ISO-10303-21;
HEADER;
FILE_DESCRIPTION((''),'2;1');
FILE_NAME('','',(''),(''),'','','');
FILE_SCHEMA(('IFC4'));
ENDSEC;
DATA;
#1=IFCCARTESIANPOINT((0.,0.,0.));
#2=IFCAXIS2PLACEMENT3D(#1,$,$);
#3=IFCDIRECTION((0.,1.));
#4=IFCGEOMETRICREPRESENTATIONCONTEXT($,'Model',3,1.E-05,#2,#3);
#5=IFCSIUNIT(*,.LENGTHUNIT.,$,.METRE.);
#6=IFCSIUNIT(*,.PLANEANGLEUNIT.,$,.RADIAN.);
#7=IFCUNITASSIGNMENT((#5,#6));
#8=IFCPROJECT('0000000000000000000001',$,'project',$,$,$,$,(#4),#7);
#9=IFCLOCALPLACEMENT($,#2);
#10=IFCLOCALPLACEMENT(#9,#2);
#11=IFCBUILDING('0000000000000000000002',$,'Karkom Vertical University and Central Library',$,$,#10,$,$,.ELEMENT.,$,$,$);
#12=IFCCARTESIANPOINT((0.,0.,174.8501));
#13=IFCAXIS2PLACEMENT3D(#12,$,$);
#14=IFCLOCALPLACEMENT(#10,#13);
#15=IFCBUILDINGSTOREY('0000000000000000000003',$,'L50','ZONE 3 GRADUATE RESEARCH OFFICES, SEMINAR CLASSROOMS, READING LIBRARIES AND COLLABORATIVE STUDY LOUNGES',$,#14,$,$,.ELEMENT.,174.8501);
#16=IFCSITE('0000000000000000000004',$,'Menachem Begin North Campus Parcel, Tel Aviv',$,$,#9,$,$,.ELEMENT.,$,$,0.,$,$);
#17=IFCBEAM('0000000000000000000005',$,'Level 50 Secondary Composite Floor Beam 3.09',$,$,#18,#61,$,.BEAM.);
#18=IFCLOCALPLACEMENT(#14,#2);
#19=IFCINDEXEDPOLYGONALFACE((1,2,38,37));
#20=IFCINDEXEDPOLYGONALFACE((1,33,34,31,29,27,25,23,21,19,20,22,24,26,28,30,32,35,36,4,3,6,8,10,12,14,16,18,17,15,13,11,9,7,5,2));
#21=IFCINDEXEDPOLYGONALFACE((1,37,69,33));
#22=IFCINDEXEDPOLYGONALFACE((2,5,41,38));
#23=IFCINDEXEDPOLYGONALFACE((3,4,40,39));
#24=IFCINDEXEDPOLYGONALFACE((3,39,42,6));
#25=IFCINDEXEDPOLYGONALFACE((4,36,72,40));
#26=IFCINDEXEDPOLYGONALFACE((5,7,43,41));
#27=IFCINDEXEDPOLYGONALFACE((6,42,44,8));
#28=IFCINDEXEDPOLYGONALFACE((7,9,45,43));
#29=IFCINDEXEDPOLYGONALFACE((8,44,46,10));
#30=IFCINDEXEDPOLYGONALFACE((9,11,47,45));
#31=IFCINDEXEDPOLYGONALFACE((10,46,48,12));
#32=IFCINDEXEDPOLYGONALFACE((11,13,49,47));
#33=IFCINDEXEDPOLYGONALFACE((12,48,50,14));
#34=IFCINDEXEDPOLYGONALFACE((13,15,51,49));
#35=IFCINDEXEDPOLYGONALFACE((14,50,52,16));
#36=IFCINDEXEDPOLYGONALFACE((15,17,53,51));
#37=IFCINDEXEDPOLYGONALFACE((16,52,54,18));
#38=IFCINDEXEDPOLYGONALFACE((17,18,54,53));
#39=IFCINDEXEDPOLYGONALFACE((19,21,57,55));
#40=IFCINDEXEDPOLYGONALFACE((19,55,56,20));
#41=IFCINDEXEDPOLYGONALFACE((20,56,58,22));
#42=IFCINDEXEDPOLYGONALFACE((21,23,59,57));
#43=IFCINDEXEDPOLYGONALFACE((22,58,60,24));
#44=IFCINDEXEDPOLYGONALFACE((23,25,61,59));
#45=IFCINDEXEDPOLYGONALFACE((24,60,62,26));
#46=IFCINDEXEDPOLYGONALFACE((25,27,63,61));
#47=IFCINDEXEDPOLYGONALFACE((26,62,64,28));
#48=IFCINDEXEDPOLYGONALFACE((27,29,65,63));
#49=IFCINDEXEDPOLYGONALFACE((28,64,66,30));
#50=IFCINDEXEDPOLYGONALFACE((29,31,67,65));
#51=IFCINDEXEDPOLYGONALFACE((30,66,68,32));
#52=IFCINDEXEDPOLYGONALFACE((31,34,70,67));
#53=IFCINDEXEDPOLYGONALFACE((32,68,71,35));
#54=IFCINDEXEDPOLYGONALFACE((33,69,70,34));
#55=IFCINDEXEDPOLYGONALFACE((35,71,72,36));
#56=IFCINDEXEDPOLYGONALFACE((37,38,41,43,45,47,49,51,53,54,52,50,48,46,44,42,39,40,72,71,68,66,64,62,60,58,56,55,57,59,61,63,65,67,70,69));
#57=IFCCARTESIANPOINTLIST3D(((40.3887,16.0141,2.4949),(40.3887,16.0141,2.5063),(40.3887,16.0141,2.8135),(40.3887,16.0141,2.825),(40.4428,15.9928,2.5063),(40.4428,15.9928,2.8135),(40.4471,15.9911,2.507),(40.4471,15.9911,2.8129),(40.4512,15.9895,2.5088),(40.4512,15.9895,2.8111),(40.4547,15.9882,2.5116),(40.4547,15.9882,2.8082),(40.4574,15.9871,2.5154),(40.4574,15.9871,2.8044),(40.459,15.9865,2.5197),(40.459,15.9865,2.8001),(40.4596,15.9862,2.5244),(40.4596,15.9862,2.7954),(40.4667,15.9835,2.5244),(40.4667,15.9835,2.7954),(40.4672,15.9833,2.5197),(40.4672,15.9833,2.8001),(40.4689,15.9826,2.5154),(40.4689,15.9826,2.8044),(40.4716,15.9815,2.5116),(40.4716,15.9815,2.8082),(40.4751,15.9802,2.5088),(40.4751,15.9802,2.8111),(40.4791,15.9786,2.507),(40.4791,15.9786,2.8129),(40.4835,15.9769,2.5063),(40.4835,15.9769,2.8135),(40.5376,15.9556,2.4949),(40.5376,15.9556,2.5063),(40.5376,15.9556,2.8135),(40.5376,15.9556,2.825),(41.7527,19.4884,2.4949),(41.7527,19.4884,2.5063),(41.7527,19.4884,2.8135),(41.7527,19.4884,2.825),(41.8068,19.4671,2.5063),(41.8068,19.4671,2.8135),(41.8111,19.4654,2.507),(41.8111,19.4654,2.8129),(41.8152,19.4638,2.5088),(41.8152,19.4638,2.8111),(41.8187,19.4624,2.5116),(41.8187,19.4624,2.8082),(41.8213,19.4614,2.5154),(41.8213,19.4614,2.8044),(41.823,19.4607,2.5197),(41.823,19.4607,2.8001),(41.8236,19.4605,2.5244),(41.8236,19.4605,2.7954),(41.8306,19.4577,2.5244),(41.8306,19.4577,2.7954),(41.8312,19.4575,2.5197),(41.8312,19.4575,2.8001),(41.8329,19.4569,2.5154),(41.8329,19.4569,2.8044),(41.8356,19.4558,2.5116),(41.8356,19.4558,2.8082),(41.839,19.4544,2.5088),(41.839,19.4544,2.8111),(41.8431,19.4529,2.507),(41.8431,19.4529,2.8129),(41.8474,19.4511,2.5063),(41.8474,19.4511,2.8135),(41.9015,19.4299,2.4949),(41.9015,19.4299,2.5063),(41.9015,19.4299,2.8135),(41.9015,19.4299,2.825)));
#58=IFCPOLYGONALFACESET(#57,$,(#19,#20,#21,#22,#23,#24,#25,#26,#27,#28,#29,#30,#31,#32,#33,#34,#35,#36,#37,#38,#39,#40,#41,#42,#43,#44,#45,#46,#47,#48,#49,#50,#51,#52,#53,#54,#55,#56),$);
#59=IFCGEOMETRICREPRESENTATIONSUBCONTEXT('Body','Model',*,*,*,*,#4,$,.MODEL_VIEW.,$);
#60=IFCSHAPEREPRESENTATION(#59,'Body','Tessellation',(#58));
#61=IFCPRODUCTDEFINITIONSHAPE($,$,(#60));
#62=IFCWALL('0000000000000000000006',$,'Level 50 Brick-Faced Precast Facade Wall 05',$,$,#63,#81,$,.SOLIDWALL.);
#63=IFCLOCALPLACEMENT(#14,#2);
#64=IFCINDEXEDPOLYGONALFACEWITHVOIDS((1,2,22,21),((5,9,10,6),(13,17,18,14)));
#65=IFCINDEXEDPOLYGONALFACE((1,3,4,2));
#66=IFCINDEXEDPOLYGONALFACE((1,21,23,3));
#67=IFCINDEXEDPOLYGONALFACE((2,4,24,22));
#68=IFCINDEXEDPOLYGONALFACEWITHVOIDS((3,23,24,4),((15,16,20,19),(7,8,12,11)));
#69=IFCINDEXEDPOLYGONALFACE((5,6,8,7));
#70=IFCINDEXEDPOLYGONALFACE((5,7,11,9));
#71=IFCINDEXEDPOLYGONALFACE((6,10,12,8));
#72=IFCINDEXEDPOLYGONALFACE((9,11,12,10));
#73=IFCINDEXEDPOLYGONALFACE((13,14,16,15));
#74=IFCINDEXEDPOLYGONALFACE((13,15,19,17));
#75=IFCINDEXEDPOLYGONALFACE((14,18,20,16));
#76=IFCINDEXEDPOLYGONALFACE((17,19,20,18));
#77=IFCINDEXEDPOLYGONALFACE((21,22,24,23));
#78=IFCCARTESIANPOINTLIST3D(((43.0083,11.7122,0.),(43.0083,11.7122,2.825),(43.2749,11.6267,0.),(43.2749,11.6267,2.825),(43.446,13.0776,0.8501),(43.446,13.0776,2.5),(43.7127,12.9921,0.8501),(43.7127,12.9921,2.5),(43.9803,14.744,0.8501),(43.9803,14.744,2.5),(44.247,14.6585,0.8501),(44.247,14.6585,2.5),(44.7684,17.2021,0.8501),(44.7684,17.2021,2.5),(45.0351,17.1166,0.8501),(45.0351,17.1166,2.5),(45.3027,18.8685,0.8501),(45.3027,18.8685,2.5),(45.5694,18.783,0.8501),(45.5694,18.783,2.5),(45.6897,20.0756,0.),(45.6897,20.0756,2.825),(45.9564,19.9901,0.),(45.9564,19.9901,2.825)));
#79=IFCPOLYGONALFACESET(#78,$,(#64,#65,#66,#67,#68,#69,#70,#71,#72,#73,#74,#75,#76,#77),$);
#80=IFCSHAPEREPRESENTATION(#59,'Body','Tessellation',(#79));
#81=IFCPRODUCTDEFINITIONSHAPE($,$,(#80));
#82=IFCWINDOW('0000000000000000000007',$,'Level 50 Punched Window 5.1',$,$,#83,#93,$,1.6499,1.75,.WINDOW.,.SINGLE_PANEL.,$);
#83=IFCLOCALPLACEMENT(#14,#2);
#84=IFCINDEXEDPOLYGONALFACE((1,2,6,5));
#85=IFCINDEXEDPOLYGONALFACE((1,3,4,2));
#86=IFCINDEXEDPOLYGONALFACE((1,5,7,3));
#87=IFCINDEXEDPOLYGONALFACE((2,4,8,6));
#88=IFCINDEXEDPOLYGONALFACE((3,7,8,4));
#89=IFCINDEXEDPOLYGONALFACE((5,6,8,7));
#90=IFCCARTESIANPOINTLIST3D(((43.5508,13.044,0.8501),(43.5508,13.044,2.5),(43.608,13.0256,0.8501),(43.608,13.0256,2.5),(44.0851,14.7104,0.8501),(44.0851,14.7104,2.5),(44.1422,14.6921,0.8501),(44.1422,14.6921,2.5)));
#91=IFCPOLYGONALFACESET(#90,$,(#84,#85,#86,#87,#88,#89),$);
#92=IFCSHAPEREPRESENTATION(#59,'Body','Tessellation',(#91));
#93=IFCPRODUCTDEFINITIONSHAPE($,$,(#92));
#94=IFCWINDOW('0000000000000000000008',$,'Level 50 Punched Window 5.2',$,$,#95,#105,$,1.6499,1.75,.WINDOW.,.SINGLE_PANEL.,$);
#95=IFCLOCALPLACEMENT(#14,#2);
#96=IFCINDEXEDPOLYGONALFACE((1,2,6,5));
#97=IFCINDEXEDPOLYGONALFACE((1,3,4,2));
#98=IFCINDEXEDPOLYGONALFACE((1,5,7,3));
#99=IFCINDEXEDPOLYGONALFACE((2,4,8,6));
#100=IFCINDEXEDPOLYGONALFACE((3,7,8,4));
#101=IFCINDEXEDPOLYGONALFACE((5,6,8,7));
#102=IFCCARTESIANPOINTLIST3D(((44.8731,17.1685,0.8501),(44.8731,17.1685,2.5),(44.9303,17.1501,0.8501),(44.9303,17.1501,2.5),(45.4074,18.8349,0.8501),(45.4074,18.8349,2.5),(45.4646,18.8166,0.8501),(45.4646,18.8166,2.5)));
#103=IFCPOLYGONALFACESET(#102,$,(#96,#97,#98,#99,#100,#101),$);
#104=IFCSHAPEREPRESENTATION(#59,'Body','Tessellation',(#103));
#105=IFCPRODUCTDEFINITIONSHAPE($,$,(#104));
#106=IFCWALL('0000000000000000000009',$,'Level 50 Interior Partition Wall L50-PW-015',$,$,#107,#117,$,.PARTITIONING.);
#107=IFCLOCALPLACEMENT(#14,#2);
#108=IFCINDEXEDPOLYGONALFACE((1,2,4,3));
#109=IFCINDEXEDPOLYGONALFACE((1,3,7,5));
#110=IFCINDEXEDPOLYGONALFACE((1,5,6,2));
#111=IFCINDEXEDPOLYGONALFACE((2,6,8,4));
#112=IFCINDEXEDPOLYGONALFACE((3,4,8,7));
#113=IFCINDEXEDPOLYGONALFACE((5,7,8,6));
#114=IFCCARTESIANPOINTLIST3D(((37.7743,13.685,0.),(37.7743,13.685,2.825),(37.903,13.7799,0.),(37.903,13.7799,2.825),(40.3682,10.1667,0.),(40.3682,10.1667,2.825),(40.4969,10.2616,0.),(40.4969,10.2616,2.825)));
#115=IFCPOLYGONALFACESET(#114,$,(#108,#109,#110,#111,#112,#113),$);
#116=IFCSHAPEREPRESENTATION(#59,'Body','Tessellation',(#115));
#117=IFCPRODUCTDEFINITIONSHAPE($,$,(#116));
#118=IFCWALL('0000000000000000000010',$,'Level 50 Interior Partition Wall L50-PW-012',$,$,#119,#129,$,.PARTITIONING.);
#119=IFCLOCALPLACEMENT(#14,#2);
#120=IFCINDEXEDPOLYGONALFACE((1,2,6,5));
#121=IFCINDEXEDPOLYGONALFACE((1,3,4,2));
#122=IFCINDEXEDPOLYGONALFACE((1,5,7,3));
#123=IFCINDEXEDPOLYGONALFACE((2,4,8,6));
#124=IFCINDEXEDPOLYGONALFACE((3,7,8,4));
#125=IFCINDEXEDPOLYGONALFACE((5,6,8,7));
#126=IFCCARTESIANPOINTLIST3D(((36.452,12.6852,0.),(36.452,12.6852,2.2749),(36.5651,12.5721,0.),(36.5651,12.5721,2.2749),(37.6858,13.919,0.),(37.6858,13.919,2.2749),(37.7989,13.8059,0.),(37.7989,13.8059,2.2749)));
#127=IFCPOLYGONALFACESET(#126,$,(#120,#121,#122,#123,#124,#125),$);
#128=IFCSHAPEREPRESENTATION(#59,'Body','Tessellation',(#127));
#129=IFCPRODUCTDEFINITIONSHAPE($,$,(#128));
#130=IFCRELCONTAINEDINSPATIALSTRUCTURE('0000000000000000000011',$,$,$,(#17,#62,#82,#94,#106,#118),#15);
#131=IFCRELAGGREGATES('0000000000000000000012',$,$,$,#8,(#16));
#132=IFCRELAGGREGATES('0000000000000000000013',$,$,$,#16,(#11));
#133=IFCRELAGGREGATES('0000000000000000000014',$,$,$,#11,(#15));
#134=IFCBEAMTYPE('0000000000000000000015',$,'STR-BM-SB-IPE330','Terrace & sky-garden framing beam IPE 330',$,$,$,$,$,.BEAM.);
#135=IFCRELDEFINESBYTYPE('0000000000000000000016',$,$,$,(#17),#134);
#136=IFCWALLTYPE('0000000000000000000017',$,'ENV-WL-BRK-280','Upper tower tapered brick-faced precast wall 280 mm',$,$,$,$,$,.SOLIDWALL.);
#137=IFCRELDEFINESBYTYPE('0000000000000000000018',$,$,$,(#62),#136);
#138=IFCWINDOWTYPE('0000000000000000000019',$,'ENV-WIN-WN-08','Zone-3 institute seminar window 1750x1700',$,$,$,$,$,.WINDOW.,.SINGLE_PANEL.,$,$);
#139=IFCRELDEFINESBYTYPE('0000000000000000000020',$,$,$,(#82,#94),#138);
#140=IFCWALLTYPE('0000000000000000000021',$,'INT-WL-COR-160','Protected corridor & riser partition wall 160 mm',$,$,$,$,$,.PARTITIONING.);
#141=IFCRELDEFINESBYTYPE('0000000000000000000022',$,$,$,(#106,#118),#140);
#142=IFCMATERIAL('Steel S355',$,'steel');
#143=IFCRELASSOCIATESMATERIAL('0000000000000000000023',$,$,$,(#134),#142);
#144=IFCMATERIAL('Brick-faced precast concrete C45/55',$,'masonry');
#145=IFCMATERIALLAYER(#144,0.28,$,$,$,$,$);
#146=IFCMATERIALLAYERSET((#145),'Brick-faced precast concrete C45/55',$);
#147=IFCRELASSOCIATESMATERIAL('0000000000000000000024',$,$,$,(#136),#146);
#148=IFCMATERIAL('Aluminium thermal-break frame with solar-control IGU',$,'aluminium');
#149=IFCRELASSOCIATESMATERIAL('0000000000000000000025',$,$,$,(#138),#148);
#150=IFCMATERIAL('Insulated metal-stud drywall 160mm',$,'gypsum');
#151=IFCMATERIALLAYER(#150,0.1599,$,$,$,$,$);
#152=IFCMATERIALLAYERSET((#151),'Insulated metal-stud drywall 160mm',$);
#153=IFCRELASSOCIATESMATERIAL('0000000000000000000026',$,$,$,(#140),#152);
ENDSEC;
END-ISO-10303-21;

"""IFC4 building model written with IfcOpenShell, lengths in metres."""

from ifc_helpers import new_model, si_unit, direction, frame, frame_2d, origin, origin_with_axes, origin_2d, place, context, subcontext, project, spatial, rectangle, i_section, extrude, source, transform, mapped, material, layer, layer_set, material_profile, profile_set, type_object, element, fill, save


model = new_model("IFC4")

# Units and contexts
model_context = context("Model", 3, precision=1e-05, world=origin(), true_north=direction((0.0, 1.0)))
body_context = subcontext(model_context, "Body", "Model", "MODEL_VIEW")
ifc_project = project(units=[si_unit("LENGTHUNIT", "METRE"), si_unit("PLANEANGLEUNIT", "RADIAN")], contexts=[model_context])

# Site, building, storey
site_placement = place(None, origin())
site = spatial("IfcSite", under=ifc_project, at=site_placement, Name="Menachem Begin North Campus Parcel, Tel Aviv", CompositionType="ELEMENT", RefElevation=0.0)
building_placement = place(site_placement, origin())
building = spatial("IfcBuilding", under=site, at=building_placement, Name="Karkom Vertical University and Central Library", CompositionType="ELEMENT")
storey_placement = place(building_placement, frame((0.0, 0.0, 174.8501)))
storey = spatial("IfcBuildingStorey", under=building, at=storey_placement, Name="L50", Description="ZONE 3 GRADUATE RESEARCH OFFICES, SEMINAR CLASSROOMS, READING LIBRARIES AND COLLABORATIVE STUDY LOUNGES", CompositionType="ELEMENT", Elevation=174.8501)

# Beam
ifc_material_1 = material(Name="Steel S355", Category="steel")
ifc_material_profile_1 = material_profile(ifc_material_1, i_section(OverallWidth=0.1599, OverallDepth=0.3301, WebThickness=0.0076, FlangeThickness=0.0115, FilletRadius=0.0181, at=origin_2d()), Name="IPE 330")
ifc_profile_set_1 = profile_set([ifc_material_profile_1], Name="Steel S355")
beam_type_1 = type_object("IfcBeamType", Name="STR-BM-SB-IPE330", Description="Terrace & sky-garden framing beam IPE 330", PredefinedType="BEAM", material=ifc_profile_set_1)
shared_shape_1 = source(origin_with_axes(), body_context, "Body", "SweptSolid", [
    extrude(i_section(OverallWidth=0.1599, OverallDepth=0.3301, WebThickness=0.0076, FlangeThickness=0.0115, FilletRadius=0.0181, at=origin_2d()), origin(), (0.0, 0.0, 1.0), 3.7324),
])
beam_1_placement = place(storey_placement, frame((40.4631, 15.9849, 2.6599), z_axis=(0.36544, 0.930835, 0.0), x_axis=(-0.930835, 0.36544, 0.0)))
element("IfcBeam", 1, at=beam_1_placement, inside=storey, type_object=beam_type_1, Name="Level 50 Secondary Composite Floor Beam 3.09", PredefinedType="BEAM", context=body_context, shape_type="MappedRepresentation", body=[
    mapped(shared_shape_1, transform((0.0, 0.0, 0.0), scale=1.0)),
])

# Wall, openings, windows
ifc_material_2 = material(Name="Brick-faced precast concrete C45/55", Category="masonry")
ifc_layer_1 = layer(ifc_material_2, 0.28)
ifc_layer_set_1 = layer_set([ifc_layer_1], Name="Brick-faced precast concrete C45/55")
wall_type_1 = type_object("IfcWallType", Name="ENV-WL-BRK-280", Description="Upper tower tapered brick-faced precast wall 280 mm", PredefinedType="SOLIDWALL", material=ifc_layer_set_1)
wall_1_placement = place(storey_placement, frame((43.1416, 11.6694, 0.0), z_axis=(0.0, 0.0, 1.0), x_axis=(0.305307, 0.952254, 0.0)))
wall_1 = element("IfcWall", 2, at=wall_1_placement, inside=storey, type_object=wall_type_1, Name="Level 50 Brick-Faced Precast Facade Wall 05", PredefinedType="SOLIDWALL", context=body_context, shape_type="SweptSolid", body=[
    extrude(rectangle(XDim=8.7827, YDim=0.28, at=frame_2d((4.3914, 0.0))), origin(), (0.0, 0.0, 1.0), 2.825),
])
opening_1_placement = place(wall_1_placement, frame((1.4338, 0.0, 0.8501)))
opening_1 = element("IfcOpeningElement", 3, at=opening_1_placement, cuts=wall_1, PredefinedType="OPENING", context=body_context, shape_type="SweptSolid", body=[
    extrude(rectangle(XDim=1.75, YDim=1.6499, at=frame_2d((0.875, 0.825))), frame((0.0, 0.1499, 0.0), z_axis=(0.0, -1.0, 0.0), x_axis=(1.0, 0.0, 0.0)), (0.0, 0.0, 1.0), 0.3),
])
opening_2_placement = place(wall_1_placement, frame((5.7651, 0.0, 0.8501)))
opening_2 = element("IfcOpeningElement", 4, at=opening_2_placement, cuts=wall_1, PredefinedType="OPENING", context=body_context, shape_type="SweptSolid", body=[
    extrude(rectangle(XDim=1.75, YDim=1.6499, at=frame_2d((0.875, 0.825))), frame((0.0, 0.1499, 0.0), z_axis=(0.0, -1.0, 0.0), x_axis=(1.0, 0.0, 0.0)), (0.0, 0.0, 1.0), 0.3),
])
ifc_material_3 = material(Name="Aluminium thermal-break frame with solar-control IGU", Category="aluminium")
window_type = type_object("IfcWindowType", Name="ENV-WIN-WN-08", Description="Zone-3 institute seminar window 1750x1700", PartitioningType="SINGLE_PANEL", PredefinedType="WINDOW", material=ifc_material_3)
shared_shape_2 = source(origin_with_axes(), body_context, "Body", "SweptSolid", [
    extrude(rectangle(XDim=1.75, YDim=1.6499, at=frame_2d((0.875, 0.825))), frame((0.0, 0.03, 0.0), z_axis=(0.0, -1.0, 0.0), x_axis=(1.0, 0.0, 0.0)), (0.0, 0.0, 1.0), 0.0601),
])
window_1_placement = place(opening_1_placement, origin())
window_1 = element("IfcWindow", 5, at=window_1_placement, inside=storey, type_object=window_type, Name="Level 50 Punched Window 5.1", OverallHeight=1.6499, OverallWidth=1.75, PartitioningType="SINGLE_PANEL", PredefinedType="WINDOW", context=body_context, shape_type="MappedRepresentation", body=[
    mapped(shared_shape_2, transform((0.0, 0.0, 0.0), scale=1.0)),
])
fill(opening_1, window_1)
window_2_placement = place(opening_2_placement, origin())
window_2 = element("IfcWindow", 6, at=window_2_placement, inside=storey, type_object=window_type, Name="Level 50 Punched Window 5.2", OverallHeight=1.6499, OverallWidth=1.75, PartitioningType="SINGLE_PANEL", PredefinedType="WINDOW", context=body_context, shape_type="MappedRepresentation", body=[
    mapped(shared_shape_2, transform((0.0, 0.0, 0.0), scale=1.0)),
])
fill(opening_2, window_2)

# Shared definitions
ifc_material_4 = material(Name="Insulated metal-stud drywall 160mm", Category="gypsum")
ifc_layer_2 = layer(ifc_material_4, 0.1599)
ifc_layer_set_2 = layer_set([ifc_layer_2], Name="Insulated metal-stud drywall 160mm")
wall_type_2 = type_object("IfcWallType", Name="INT-WL-COR-160", Description="Protected corridor & riser partition wall 160 mm", PredefinedType="PARTITIONING", material=ifc_layer_set_2)

# Walls
wall_2_placement = place(storey_placement, frame((37.8386, 13.7324, 0.0), z_axis=(0.0, 0.0, 1.0), x_axis=(0.59343, -0.804886, 0.0)))
element("IfcWall", 7, at=wall_2_placement, inside=storey, type_object=wall_type_2, Name="Level 50 Interior Partition Wall L50-PW-015", PredefinedType="PARTITIONING", context=body_context, shape_type="SweptSolid", body=[
    extrude(rectangle(XDim=4.3711, YDim=0.1599, at=frame_2d((2.1855, 0.0))), origin(), (0.0, 0.0, 1.0), 2.825),
])
wall_3_placement = place(storey_placement, frame((37.7424, 13.8625, 0.0), z_axis=(0.0, 0.0, 1.0), x_axis=(-0.707107, -0.707107, 0.0)))
element("IfcWall", 8, at=wall_3_placement, inside=storey, type_object=wall_type_2, Name="Level 50 Interior Partition Wall L50-PW-012", PredefinedType="PARTITIONING", context=body_context, shape_type="SweptSolid", body=[
    extrude(rectangle(XDim=1.7449, YDim=0.1599, at=frame_2d((0.8726, 0.0))), origin(), (0.0, 0.0, 1.0), 2.2749),
])

save(model, "model.ifc")
